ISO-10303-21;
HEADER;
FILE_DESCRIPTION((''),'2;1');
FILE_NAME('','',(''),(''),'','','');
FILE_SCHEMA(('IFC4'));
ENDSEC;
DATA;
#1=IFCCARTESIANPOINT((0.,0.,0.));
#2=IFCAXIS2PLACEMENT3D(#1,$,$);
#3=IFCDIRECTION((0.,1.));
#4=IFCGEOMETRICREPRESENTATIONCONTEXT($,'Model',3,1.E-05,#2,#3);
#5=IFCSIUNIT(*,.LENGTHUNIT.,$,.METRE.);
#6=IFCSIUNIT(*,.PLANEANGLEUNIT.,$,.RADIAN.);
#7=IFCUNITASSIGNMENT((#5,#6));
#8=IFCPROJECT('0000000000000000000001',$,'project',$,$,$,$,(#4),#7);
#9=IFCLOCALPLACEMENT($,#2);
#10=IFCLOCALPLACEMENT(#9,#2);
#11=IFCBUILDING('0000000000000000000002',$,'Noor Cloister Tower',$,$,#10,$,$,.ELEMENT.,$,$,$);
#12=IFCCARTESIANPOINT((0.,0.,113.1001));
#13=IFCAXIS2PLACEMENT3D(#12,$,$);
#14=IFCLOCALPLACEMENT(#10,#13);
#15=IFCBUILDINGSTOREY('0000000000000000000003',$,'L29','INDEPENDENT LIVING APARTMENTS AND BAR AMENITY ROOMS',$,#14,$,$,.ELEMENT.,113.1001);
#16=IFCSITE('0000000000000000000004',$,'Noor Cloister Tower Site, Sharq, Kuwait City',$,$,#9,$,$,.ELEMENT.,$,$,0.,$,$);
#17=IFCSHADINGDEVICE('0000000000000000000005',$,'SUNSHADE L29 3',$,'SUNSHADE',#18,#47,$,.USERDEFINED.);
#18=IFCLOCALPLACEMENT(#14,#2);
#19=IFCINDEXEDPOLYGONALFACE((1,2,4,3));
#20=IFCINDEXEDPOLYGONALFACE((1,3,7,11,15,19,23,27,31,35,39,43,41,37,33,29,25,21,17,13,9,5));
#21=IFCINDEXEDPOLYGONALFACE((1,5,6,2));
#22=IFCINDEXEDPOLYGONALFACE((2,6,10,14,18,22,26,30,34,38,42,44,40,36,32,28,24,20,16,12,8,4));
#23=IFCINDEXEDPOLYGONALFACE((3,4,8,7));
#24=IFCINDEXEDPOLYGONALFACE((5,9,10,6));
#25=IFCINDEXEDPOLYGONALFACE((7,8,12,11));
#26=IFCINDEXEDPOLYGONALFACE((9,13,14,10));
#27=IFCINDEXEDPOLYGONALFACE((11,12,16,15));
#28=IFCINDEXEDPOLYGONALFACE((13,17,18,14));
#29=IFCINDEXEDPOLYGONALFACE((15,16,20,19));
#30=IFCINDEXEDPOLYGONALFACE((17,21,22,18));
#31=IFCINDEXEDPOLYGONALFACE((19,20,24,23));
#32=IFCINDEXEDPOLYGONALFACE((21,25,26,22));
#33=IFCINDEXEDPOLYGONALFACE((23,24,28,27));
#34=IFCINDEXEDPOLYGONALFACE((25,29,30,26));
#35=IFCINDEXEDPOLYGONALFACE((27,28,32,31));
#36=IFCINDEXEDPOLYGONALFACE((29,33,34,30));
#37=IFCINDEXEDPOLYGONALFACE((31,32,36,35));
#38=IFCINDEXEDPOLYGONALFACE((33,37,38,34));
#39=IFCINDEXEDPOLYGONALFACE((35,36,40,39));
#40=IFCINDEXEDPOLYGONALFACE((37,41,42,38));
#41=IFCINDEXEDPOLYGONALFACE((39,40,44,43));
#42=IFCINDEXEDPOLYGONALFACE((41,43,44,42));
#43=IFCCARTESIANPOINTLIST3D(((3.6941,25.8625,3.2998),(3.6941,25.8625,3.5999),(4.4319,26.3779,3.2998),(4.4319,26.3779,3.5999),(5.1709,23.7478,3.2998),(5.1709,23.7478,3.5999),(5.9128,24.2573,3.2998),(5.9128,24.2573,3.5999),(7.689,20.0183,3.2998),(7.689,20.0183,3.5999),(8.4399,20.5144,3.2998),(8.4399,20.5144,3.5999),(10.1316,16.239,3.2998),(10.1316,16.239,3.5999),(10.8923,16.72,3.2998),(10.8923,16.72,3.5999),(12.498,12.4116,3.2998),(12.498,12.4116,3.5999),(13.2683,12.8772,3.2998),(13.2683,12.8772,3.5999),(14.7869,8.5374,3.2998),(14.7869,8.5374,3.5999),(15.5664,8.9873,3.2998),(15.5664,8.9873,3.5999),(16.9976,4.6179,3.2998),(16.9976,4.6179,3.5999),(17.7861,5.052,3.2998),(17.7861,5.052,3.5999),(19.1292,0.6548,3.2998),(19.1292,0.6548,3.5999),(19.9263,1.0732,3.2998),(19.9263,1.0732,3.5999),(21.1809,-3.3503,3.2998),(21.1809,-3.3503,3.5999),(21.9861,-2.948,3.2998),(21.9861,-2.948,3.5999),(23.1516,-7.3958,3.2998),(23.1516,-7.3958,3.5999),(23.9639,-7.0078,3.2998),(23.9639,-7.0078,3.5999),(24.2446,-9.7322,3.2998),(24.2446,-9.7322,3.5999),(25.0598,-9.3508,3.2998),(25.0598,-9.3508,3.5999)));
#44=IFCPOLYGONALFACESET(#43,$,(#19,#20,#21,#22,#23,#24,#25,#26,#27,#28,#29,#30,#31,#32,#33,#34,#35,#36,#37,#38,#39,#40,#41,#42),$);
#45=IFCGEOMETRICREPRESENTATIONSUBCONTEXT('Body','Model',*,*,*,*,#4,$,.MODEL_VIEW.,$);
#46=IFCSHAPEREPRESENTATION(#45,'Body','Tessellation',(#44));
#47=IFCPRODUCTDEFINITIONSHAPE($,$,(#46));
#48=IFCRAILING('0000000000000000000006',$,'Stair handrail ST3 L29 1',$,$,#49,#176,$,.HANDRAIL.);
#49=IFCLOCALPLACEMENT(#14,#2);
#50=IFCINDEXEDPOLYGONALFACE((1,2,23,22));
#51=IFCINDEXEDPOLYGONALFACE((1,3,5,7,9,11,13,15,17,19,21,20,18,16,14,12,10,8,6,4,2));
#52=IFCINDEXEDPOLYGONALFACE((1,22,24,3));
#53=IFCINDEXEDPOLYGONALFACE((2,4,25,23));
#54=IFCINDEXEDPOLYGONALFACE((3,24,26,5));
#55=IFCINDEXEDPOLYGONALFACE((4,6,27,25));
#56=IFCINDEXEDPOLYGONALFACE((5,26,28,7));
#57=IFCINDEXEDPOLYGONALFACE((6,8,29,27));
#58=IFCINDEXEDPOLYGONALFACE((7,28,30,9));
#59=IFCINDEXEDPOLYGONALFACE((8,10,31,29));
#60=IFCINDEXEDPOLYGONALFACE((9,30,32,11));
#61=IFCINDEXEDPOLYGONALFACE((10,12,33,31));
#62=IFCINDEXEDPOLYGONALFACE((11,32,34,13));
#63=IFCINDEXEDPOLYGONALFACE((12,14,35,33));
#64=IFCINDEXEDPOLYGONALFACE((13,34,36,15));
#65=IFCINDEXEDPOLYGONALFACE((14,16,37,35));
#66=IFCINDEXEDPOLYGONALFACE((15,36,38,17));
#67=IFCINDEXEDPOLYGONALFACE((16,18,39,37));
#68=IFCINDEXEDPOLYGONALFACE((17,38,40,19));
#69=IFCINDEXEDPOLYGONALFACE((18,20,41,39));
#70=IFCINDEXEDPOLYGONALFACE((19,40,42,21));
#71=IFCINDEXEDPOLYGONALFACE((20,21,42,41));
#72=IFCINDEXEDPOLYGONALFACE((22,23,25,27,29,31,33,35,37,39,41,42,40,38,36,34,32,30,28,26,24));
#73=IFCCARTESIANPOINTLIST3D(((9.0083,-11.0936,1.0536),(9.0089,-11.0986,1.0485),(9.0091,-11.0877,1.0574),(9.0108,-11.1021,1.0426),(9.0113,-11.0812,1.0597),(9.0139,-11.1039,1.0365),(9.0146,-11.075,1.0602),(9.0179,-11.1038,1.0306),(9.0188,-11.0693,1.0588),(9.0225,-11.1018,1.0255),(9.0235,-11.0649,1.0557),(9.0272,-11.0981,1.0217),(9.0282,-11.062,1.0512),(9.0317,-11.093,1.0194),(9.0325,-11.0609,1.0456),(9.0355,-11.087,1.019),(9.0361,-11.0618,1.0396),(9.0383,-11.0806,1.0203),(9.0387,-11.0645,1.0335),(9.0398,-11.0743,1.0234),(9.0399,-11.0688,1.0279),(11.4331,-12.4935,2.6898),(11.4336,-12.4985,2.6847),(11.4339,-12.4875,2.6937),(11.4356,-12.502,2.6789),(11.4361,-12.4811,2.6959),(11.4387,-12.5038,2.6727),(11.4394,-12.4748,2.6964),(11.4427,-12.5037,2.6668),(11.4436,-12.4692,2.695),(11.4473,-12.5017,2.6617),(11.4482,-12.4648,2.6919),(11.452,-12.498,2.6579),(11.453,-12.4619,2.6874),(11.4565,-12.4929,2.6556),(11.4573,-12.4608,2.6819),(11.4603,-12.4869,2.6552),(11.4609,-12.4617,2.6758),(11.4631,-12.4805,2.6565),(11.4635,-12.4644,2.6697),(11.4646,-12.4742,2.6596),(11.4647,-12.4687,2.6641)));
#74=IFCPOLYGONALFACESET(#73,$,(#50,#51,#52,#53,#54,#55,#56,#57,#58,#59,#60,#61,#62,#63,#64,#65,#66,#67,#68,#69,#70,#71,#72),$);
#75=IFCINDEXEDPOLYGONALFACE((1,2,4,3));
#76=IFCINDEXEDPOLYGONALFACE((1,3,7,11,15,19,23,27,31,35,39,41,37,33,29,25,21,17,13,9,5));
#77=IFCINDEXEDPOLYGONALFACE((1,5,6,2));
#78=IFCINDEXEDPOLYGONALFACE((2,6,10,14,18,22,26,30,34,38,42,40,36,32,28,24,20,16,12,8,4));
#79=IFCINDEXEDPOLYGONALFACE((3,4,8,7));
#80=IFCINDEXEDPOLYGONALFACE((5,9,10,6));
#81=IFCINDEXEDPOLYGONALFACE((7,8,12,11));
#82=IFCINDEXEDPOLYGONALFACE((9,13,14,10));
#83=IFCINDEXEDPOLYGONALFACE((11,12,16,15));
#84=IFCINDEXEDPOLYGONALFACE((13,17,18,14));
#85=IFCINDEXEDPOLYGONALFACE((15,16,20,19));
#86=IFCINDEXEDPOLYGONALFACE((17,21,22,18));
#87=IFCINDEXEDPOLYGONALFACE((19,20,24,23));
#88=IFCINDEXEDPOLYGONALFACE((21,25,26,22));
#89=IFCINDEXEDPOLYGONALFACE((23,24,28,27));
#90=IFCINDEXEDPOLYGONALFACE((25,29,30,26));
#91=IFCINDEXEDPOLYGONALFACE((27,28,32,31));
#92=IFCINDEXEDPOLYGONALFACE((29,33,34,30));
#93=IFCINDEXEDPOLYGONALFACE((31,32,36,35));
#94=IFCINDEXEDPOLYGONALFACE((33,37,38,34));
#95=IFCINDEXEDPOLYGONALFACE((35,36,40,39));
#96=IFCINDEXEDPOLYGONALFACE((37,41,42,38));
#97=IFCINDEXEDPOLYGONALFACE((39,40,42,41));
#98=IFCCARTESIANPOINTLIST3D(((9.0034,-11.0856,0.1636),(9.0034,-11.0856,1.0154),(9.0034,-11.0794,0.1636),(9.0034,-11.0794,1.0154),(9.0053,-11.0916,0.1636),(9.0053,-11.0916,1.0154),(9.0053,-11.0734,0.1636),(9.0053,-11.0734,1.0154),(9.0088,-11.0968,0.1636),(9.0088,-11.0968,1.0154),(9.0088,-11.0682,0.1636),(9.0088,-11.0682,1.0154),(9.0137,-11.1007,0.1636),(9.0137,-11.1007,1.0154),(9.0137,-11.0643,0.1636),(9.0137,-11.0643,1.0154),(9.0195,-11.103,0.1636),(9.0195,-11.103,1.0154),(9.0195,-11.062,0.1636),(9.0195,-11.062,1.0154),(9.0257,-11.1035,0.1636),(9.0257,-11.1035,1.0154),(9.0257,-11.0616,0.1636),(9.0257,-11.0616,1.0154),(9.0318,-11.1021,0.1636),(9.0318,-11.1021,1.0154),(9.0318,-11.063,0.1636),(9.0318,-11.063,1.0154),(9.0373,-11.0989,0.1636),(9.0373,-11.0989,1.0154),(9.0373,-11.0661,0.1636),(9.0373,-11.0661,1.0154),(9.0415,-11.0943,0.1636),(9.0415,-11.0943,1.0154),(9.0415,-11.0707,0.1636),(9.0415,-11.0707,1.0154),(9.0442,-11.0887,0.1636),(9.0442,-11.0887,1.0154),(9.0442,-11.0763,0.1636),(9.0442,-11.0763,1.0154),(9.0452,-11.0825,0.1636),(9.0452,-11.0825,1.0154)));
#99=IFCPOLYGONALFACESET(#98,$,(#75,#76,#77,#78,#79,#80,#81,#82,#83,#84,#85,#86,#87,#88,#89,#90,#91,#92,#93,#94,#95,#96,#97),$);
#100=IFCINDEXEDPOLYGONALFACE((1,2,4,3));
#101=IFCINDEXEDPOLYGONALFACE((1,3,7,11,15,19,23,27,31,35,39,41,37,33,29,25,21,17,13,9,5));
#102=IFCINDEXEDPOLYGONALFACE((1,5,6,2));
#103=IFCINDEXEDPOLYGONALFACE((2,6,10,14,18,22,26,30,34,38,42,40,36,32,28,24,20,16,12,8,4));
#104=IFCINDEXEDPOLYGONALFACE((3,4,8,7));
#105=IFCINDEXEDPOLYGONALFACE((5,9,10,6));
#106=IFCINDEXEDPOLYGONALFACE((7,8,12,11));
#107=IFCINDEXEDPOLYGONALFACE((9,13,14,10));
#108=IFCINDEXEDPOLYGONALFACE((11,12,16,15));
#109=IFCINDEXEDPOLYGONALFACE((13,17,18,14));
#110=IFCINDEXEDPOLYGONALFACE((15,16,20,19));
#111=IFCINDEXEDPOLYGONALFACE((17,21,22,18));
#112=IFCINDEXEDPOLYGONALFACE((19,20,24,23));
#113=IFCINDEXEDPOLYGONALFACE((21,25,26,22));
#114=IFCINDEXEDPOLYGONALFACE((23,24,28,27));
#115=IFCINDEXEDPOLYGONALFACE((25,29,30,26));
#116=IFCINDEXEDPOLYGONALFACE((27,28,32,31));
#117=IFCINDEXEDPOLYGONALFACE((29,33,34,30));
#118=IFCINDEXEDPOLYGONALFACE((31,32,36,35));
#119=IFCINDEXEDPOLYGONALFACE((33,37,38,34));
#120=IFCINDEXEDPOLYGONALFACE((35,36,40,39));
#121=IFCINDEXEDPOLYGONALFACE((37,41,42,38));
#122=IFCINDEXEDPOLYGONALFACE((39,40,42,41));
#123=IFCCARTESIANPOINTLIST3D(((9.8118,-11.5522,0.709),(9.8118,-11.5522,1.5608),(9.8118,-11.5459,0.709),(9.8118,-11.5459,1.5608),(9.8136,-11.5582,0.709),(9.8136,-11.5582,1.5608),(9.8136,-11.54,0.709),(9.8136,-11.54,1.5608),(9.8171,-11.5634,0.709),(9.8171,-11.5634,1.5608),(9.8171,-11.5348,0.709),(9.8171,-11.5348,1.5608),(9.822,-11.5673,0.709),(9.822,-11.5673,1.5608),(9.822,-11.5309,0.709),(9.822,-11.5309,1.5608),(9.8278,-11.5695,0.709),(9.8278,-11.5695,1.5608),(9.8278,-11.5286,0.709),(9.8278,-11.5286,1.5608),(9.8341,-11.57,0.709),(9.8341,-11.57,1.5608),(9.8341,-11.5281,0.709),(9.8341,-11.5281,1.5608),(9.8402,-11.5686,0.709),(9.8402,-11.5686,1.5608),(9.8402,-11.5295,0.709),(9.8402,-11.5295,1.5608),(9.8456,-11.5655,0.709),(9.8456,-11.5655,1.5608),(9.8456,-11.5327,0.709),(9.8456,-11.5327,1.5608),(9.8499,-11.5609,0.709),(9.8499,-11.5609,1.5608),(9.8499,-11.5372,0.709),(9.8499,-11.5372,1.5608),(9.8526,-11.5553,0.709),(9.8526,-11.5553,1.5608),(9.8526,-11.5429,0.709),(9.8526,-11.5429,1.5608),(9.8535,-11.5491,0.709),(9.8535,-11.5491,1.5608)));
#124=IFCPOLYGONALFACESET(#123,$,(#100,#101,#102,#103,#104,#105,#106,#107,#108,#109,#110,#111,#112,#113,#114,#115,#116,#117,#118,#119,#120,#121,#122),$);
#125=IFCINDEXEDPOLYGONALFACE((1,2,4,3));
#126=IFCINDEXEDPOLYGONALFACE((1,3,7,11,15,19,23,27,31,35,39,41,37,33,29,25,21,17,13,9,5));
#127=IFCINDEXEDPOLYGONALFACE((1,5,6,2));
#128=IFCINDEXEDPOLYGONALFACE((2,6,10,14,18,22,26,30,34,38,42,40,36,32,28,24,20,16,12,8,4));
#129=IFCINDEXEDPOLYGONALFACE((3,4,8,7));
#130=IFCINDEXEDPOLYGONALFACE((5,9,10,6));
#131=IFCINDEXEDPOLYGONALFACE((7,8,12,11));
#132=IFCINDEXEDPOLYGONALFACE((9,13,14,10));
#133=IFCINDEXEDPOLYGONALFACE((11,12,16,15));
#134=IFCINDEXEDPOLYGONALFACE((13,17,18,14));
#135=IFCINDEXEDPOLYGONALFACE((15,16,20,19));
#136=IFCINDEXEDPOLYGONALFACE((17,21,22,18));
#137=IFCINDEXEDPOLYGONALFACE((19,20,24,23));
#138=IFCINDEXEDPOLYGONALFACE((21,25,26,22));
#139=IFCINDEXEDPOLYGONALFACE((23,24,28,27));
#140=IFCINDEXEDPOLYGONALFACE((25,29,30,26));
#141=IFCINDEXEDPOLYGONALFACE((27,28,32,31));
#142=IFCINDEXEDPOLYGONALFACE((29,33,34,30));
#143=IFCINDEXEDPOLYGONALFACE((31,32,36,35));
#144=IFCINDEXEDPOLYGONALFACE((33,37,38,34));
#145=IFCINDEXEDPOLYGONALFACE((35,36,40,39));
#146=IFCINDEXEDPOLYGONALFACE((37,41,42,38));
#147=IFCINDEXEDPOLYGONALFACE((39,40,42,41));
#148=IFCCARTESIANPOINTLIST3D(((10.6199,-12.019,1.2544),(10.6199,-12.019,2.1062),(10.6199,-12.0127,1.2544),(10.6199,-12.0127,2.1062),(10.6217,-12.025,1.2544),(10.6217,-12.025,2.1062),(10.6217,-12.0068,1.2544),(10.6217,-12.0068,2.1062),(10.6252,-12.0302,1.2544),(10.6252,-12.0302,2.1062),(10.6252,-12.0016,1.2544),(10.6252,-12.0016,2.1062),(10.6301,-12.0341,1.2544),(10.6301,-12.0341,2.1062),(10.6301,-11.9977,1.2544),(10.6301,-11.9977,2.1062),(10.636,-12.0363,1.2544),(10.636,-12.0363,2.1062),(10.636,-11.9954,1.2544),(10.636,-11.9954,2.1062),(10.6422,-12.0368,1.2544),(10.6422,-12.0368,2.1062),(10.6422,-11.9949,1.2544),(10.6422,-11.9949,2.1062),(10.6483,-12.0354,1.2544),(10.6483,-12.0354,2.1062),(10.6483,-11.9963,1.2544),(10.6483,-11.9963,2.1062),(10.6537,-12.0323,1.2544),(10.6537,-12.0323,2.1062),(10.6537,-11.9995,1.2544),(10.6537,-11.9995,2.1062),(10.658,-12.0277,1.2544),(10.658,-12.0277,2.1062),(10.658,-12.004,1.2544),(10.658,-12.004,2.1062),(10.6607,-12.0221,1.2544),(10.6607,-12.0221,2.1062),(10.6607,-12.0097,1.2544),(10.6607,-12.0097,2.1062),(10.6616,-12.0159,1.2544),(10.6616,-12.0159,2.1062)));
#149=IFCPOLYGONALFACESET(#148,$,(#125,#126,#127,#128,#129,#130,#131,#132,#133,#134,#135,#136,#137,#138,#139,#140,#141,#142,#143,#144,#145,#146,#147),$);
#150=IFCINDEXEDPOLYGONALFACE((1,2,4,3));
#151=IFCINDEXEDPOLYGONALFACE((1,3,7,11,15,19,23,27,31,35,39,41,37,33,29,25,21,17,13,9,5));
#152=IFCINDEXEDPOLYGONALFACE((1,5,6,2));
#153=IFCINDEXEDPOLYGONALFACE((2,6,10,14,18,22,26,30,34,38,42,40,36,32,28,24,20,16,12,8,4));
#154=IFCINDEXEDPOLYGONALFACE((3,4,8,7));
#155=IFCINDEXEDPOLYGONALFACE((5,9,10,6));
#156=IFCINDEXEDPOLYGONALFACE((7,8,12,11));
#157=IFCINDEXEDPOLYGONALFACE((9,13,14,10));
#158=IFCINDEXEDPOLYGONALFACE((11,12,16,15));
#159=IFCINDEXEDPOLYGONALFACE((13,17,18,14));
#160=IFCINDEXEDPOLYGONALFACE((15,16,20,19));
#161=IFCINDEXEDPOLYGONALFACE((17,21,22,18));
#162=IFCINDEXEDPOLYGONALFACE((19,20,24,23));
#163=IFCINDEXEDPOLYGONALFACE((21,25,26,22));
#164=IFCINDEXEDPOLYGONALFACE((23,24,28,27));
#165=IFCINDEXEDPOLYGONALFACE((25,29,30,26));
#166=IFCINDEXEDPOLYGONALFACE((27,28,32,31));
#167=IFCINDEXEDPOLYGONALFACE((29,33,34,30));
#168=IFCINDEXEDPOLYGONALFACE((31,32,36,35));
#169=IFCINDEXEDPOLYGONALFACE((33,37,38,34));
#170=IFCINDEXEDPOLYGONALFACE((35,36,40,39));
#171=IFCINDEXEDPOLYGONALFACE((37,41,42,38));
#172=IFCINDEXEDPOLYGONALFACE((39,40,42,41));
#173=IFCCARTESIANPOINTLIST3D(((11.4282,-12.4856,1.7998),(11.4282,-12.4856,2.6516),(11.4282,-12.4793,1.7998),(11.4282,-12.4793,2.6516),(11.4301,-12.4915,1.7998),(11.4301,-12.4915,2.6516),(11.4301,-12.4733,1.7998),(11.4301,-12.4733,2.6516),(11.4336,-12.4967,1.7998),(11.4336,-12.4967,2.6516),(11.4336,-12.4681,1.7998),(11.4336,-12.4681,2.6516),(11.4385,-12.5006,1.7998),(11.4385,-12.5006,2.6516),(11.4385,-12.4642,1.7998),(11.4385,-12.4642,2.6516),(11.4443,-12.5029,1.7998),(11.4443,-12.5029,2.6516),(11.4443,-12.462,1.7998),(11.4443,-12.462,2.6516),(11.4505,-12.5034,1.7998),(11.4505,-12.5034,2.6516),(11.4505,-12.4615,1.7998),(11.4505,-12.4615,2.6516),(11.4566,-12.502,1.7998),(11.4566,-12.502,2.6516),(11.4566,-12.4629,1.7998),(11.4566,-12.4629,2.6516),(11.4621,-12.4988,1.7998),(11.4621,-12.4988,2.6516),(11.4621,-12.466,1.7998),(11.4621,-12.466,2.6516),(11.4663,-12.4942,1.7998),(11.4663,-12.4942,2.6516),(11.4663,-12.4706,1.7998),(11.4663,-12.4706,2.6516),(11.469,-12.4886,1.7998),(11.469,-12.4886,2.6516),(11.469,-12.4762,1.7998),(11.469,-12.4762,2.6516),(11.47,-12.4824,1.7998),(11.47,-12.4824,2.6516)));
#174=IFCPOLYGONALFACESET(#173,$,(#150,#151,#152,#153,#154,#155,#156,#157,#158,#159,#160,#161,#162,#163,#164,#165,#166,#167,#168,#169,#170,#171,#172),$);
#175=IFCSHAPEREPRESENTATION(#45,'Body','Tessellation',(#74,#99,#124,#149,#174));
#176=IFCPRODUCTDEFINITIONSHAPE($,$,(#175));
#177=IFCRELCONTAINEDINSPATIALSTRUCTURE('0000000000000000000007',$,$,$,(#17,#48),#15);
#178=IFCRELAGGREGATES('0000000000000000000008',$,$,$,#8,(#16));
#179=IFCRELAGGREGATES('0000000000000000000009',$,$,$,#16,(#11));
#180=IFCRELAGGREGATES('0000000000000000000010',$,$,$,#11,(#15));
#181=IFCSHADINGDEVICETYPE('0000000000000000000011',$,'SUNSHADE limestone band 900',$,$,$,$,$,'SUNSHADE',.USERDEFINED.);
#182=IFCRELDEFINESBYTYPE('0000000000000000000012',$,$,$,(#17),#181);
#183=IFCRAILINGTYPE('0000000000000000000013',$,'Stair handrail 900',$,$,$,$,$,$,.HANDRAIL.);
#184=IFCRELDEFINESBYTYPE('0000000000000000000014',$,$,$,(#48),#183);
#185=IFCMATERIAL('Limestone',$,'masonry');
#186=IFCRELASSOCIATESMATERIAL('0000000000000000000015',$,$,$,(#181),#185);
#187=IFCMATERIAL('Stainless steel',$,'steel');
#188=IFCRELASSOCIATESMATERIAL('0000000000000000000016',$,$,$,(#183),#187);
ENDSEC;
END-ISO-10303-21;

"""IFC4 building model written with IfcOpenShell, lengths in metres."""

from ifc_helpers import new_model, si_unit, direction, frame, origin, origin_2d, place, context, subcontext, project, spatial, polyline, circle, outline, extrude, material, type_object, element, save


model = new_model("IFC4")

# Units and contexts
model_context = context("Model", 3, precision=1e-05, world=origin(), true_north=direction((0.0, 1.0)))
body_context = subcontext(model_context, "Body", "Model", "MODEL_VIEW")
ifc_project = project(units=[si_unit("LENGTHUNIT", "METRE"), si_unit("PLANEANGLEUNIT", "RADIAN")], contexts=[model_context])

# Site, building, storey
site_placement = place(None, origin())
site = spatial("IfcSite", under=ifc_project, at=site_placement, Name="Noor Cloister Tower Site, Sharq, Kuwait City", CompositionType="ELEMENT", RefElevation=0.0)
building_placement = place(site_placement, origin())
building = spatial("IfcBuilding", under=site, at=building_placement, Name="Noor Cloister Tower", CompositionType="ELEMENT")
storey_placement = place(building_placement, frame((0.0, 0.0, 113.1001)))
storey = spatial("IfcBuildingStorey", under=building, at=storey_placement, Name="L29", Description="INDEPENDENT LIVING APARTMENTS AND BAR AMENITY ROOMS", CompositionType="ELEMENT", Elevation=113.1001)

# Shading device
ifc_material_1 = material(Name="Limestone", Category="masonry")
shading_device_type = type_object("IfcShadingDeviceType", Name="SUNSHADE limestone band 900", ElementType="SUNSHADE", PredefinedType="USERDEFINED", material=ifc_material_1)
shading_device_1_placement = place(storey_placement, frame((0.0, 0.0, 3.2998)))
element("IfcShadingDevice", 1, at=shading_device_1_placement, inside=storey, type_object=shading_device_type, Name="SUNSHADE L29 3", ObjectType="SUNSHADE", PredefinedType="USERDEFINED", context=body_context, shape_type="SweptSolid", body=[
    extrude(outline(polyline([(25.0598, -9.3508), (23.9639, -7.0078), (21.9861, -2.948), (19.9263, 1.0732), (17.7861, 5.052), (15.5664, 8.9873), (13.2683, 12.8772), (10.8923, 16.72), (8.4399, 20.5144), (5.9128, 24.2573), (4.4319, 26.3779), (3.6941, 25.8625), (5.1709, 23.7478), (7.689, 20.0183), (10.1316, 16.239), (12.498, 12.4116), (14.7869, 8.5374), (16.9976, 4.6179), (19.1292, 0.6548), (21.1809, -3.3503), (23.1516, -7.3958), (24.2446, -9.7322), (25.0598, -9.3508)])), origin(), (0.0, 0.0, 1.0), 0.3),
])

# Railing
ifc_material_2 = material(Name="Stainless steel", Category="steel")
railing_type = type_object("IfcRailingType", Name="Stair handrail 900", PredefinedType="HANDRAIL", material=ifc_material_2)
railing_placement = place(storey_placement, frame((9.0242, -11.0825, 0.1636)))
element("IfcRailing", 2, at=railing_placement, inside=storey, type_object=railing_type, Name="Stair handrail ST3 L29 1", PredefinedType="HANDRAIL", context=body_context, shape_type="SweptSolid", body=[
    extrude(circle(Radius=0.0239, at=origin_2d()), frame((0.0, 0.0, 0.876), z_axis=(0.747718, -0.431677, 0.504552), x_axis=(0.499984, 0.866035, 0.0)), (0.0, 0.0, 1.0), 3.2429),
    extrude(circle(Radius=0.021, at=origin_2d()), origin(), (0.0, 0.0, 1.0), 0.8518),
    extrude(circle(Radius=0.021, at=origin_2d()), frame((0.8083, -0.4666, 0.5454)), (0.0, 0.0, 1.0), 0.8518),
    extrude(circle(Radius=0.021, at=origin_2d()), frame((1.6165, -0.9333, 1.0908)), (0.0, 0.0, 1.0), 0.8518),
    extrude(circle(Radius=0.021, at=origin_2d()), frame((2.4248, -1.3999, 1.6362)), (0.0, 0.0, 1.0), 0.8518),
])

save(model, "model.ifc")
